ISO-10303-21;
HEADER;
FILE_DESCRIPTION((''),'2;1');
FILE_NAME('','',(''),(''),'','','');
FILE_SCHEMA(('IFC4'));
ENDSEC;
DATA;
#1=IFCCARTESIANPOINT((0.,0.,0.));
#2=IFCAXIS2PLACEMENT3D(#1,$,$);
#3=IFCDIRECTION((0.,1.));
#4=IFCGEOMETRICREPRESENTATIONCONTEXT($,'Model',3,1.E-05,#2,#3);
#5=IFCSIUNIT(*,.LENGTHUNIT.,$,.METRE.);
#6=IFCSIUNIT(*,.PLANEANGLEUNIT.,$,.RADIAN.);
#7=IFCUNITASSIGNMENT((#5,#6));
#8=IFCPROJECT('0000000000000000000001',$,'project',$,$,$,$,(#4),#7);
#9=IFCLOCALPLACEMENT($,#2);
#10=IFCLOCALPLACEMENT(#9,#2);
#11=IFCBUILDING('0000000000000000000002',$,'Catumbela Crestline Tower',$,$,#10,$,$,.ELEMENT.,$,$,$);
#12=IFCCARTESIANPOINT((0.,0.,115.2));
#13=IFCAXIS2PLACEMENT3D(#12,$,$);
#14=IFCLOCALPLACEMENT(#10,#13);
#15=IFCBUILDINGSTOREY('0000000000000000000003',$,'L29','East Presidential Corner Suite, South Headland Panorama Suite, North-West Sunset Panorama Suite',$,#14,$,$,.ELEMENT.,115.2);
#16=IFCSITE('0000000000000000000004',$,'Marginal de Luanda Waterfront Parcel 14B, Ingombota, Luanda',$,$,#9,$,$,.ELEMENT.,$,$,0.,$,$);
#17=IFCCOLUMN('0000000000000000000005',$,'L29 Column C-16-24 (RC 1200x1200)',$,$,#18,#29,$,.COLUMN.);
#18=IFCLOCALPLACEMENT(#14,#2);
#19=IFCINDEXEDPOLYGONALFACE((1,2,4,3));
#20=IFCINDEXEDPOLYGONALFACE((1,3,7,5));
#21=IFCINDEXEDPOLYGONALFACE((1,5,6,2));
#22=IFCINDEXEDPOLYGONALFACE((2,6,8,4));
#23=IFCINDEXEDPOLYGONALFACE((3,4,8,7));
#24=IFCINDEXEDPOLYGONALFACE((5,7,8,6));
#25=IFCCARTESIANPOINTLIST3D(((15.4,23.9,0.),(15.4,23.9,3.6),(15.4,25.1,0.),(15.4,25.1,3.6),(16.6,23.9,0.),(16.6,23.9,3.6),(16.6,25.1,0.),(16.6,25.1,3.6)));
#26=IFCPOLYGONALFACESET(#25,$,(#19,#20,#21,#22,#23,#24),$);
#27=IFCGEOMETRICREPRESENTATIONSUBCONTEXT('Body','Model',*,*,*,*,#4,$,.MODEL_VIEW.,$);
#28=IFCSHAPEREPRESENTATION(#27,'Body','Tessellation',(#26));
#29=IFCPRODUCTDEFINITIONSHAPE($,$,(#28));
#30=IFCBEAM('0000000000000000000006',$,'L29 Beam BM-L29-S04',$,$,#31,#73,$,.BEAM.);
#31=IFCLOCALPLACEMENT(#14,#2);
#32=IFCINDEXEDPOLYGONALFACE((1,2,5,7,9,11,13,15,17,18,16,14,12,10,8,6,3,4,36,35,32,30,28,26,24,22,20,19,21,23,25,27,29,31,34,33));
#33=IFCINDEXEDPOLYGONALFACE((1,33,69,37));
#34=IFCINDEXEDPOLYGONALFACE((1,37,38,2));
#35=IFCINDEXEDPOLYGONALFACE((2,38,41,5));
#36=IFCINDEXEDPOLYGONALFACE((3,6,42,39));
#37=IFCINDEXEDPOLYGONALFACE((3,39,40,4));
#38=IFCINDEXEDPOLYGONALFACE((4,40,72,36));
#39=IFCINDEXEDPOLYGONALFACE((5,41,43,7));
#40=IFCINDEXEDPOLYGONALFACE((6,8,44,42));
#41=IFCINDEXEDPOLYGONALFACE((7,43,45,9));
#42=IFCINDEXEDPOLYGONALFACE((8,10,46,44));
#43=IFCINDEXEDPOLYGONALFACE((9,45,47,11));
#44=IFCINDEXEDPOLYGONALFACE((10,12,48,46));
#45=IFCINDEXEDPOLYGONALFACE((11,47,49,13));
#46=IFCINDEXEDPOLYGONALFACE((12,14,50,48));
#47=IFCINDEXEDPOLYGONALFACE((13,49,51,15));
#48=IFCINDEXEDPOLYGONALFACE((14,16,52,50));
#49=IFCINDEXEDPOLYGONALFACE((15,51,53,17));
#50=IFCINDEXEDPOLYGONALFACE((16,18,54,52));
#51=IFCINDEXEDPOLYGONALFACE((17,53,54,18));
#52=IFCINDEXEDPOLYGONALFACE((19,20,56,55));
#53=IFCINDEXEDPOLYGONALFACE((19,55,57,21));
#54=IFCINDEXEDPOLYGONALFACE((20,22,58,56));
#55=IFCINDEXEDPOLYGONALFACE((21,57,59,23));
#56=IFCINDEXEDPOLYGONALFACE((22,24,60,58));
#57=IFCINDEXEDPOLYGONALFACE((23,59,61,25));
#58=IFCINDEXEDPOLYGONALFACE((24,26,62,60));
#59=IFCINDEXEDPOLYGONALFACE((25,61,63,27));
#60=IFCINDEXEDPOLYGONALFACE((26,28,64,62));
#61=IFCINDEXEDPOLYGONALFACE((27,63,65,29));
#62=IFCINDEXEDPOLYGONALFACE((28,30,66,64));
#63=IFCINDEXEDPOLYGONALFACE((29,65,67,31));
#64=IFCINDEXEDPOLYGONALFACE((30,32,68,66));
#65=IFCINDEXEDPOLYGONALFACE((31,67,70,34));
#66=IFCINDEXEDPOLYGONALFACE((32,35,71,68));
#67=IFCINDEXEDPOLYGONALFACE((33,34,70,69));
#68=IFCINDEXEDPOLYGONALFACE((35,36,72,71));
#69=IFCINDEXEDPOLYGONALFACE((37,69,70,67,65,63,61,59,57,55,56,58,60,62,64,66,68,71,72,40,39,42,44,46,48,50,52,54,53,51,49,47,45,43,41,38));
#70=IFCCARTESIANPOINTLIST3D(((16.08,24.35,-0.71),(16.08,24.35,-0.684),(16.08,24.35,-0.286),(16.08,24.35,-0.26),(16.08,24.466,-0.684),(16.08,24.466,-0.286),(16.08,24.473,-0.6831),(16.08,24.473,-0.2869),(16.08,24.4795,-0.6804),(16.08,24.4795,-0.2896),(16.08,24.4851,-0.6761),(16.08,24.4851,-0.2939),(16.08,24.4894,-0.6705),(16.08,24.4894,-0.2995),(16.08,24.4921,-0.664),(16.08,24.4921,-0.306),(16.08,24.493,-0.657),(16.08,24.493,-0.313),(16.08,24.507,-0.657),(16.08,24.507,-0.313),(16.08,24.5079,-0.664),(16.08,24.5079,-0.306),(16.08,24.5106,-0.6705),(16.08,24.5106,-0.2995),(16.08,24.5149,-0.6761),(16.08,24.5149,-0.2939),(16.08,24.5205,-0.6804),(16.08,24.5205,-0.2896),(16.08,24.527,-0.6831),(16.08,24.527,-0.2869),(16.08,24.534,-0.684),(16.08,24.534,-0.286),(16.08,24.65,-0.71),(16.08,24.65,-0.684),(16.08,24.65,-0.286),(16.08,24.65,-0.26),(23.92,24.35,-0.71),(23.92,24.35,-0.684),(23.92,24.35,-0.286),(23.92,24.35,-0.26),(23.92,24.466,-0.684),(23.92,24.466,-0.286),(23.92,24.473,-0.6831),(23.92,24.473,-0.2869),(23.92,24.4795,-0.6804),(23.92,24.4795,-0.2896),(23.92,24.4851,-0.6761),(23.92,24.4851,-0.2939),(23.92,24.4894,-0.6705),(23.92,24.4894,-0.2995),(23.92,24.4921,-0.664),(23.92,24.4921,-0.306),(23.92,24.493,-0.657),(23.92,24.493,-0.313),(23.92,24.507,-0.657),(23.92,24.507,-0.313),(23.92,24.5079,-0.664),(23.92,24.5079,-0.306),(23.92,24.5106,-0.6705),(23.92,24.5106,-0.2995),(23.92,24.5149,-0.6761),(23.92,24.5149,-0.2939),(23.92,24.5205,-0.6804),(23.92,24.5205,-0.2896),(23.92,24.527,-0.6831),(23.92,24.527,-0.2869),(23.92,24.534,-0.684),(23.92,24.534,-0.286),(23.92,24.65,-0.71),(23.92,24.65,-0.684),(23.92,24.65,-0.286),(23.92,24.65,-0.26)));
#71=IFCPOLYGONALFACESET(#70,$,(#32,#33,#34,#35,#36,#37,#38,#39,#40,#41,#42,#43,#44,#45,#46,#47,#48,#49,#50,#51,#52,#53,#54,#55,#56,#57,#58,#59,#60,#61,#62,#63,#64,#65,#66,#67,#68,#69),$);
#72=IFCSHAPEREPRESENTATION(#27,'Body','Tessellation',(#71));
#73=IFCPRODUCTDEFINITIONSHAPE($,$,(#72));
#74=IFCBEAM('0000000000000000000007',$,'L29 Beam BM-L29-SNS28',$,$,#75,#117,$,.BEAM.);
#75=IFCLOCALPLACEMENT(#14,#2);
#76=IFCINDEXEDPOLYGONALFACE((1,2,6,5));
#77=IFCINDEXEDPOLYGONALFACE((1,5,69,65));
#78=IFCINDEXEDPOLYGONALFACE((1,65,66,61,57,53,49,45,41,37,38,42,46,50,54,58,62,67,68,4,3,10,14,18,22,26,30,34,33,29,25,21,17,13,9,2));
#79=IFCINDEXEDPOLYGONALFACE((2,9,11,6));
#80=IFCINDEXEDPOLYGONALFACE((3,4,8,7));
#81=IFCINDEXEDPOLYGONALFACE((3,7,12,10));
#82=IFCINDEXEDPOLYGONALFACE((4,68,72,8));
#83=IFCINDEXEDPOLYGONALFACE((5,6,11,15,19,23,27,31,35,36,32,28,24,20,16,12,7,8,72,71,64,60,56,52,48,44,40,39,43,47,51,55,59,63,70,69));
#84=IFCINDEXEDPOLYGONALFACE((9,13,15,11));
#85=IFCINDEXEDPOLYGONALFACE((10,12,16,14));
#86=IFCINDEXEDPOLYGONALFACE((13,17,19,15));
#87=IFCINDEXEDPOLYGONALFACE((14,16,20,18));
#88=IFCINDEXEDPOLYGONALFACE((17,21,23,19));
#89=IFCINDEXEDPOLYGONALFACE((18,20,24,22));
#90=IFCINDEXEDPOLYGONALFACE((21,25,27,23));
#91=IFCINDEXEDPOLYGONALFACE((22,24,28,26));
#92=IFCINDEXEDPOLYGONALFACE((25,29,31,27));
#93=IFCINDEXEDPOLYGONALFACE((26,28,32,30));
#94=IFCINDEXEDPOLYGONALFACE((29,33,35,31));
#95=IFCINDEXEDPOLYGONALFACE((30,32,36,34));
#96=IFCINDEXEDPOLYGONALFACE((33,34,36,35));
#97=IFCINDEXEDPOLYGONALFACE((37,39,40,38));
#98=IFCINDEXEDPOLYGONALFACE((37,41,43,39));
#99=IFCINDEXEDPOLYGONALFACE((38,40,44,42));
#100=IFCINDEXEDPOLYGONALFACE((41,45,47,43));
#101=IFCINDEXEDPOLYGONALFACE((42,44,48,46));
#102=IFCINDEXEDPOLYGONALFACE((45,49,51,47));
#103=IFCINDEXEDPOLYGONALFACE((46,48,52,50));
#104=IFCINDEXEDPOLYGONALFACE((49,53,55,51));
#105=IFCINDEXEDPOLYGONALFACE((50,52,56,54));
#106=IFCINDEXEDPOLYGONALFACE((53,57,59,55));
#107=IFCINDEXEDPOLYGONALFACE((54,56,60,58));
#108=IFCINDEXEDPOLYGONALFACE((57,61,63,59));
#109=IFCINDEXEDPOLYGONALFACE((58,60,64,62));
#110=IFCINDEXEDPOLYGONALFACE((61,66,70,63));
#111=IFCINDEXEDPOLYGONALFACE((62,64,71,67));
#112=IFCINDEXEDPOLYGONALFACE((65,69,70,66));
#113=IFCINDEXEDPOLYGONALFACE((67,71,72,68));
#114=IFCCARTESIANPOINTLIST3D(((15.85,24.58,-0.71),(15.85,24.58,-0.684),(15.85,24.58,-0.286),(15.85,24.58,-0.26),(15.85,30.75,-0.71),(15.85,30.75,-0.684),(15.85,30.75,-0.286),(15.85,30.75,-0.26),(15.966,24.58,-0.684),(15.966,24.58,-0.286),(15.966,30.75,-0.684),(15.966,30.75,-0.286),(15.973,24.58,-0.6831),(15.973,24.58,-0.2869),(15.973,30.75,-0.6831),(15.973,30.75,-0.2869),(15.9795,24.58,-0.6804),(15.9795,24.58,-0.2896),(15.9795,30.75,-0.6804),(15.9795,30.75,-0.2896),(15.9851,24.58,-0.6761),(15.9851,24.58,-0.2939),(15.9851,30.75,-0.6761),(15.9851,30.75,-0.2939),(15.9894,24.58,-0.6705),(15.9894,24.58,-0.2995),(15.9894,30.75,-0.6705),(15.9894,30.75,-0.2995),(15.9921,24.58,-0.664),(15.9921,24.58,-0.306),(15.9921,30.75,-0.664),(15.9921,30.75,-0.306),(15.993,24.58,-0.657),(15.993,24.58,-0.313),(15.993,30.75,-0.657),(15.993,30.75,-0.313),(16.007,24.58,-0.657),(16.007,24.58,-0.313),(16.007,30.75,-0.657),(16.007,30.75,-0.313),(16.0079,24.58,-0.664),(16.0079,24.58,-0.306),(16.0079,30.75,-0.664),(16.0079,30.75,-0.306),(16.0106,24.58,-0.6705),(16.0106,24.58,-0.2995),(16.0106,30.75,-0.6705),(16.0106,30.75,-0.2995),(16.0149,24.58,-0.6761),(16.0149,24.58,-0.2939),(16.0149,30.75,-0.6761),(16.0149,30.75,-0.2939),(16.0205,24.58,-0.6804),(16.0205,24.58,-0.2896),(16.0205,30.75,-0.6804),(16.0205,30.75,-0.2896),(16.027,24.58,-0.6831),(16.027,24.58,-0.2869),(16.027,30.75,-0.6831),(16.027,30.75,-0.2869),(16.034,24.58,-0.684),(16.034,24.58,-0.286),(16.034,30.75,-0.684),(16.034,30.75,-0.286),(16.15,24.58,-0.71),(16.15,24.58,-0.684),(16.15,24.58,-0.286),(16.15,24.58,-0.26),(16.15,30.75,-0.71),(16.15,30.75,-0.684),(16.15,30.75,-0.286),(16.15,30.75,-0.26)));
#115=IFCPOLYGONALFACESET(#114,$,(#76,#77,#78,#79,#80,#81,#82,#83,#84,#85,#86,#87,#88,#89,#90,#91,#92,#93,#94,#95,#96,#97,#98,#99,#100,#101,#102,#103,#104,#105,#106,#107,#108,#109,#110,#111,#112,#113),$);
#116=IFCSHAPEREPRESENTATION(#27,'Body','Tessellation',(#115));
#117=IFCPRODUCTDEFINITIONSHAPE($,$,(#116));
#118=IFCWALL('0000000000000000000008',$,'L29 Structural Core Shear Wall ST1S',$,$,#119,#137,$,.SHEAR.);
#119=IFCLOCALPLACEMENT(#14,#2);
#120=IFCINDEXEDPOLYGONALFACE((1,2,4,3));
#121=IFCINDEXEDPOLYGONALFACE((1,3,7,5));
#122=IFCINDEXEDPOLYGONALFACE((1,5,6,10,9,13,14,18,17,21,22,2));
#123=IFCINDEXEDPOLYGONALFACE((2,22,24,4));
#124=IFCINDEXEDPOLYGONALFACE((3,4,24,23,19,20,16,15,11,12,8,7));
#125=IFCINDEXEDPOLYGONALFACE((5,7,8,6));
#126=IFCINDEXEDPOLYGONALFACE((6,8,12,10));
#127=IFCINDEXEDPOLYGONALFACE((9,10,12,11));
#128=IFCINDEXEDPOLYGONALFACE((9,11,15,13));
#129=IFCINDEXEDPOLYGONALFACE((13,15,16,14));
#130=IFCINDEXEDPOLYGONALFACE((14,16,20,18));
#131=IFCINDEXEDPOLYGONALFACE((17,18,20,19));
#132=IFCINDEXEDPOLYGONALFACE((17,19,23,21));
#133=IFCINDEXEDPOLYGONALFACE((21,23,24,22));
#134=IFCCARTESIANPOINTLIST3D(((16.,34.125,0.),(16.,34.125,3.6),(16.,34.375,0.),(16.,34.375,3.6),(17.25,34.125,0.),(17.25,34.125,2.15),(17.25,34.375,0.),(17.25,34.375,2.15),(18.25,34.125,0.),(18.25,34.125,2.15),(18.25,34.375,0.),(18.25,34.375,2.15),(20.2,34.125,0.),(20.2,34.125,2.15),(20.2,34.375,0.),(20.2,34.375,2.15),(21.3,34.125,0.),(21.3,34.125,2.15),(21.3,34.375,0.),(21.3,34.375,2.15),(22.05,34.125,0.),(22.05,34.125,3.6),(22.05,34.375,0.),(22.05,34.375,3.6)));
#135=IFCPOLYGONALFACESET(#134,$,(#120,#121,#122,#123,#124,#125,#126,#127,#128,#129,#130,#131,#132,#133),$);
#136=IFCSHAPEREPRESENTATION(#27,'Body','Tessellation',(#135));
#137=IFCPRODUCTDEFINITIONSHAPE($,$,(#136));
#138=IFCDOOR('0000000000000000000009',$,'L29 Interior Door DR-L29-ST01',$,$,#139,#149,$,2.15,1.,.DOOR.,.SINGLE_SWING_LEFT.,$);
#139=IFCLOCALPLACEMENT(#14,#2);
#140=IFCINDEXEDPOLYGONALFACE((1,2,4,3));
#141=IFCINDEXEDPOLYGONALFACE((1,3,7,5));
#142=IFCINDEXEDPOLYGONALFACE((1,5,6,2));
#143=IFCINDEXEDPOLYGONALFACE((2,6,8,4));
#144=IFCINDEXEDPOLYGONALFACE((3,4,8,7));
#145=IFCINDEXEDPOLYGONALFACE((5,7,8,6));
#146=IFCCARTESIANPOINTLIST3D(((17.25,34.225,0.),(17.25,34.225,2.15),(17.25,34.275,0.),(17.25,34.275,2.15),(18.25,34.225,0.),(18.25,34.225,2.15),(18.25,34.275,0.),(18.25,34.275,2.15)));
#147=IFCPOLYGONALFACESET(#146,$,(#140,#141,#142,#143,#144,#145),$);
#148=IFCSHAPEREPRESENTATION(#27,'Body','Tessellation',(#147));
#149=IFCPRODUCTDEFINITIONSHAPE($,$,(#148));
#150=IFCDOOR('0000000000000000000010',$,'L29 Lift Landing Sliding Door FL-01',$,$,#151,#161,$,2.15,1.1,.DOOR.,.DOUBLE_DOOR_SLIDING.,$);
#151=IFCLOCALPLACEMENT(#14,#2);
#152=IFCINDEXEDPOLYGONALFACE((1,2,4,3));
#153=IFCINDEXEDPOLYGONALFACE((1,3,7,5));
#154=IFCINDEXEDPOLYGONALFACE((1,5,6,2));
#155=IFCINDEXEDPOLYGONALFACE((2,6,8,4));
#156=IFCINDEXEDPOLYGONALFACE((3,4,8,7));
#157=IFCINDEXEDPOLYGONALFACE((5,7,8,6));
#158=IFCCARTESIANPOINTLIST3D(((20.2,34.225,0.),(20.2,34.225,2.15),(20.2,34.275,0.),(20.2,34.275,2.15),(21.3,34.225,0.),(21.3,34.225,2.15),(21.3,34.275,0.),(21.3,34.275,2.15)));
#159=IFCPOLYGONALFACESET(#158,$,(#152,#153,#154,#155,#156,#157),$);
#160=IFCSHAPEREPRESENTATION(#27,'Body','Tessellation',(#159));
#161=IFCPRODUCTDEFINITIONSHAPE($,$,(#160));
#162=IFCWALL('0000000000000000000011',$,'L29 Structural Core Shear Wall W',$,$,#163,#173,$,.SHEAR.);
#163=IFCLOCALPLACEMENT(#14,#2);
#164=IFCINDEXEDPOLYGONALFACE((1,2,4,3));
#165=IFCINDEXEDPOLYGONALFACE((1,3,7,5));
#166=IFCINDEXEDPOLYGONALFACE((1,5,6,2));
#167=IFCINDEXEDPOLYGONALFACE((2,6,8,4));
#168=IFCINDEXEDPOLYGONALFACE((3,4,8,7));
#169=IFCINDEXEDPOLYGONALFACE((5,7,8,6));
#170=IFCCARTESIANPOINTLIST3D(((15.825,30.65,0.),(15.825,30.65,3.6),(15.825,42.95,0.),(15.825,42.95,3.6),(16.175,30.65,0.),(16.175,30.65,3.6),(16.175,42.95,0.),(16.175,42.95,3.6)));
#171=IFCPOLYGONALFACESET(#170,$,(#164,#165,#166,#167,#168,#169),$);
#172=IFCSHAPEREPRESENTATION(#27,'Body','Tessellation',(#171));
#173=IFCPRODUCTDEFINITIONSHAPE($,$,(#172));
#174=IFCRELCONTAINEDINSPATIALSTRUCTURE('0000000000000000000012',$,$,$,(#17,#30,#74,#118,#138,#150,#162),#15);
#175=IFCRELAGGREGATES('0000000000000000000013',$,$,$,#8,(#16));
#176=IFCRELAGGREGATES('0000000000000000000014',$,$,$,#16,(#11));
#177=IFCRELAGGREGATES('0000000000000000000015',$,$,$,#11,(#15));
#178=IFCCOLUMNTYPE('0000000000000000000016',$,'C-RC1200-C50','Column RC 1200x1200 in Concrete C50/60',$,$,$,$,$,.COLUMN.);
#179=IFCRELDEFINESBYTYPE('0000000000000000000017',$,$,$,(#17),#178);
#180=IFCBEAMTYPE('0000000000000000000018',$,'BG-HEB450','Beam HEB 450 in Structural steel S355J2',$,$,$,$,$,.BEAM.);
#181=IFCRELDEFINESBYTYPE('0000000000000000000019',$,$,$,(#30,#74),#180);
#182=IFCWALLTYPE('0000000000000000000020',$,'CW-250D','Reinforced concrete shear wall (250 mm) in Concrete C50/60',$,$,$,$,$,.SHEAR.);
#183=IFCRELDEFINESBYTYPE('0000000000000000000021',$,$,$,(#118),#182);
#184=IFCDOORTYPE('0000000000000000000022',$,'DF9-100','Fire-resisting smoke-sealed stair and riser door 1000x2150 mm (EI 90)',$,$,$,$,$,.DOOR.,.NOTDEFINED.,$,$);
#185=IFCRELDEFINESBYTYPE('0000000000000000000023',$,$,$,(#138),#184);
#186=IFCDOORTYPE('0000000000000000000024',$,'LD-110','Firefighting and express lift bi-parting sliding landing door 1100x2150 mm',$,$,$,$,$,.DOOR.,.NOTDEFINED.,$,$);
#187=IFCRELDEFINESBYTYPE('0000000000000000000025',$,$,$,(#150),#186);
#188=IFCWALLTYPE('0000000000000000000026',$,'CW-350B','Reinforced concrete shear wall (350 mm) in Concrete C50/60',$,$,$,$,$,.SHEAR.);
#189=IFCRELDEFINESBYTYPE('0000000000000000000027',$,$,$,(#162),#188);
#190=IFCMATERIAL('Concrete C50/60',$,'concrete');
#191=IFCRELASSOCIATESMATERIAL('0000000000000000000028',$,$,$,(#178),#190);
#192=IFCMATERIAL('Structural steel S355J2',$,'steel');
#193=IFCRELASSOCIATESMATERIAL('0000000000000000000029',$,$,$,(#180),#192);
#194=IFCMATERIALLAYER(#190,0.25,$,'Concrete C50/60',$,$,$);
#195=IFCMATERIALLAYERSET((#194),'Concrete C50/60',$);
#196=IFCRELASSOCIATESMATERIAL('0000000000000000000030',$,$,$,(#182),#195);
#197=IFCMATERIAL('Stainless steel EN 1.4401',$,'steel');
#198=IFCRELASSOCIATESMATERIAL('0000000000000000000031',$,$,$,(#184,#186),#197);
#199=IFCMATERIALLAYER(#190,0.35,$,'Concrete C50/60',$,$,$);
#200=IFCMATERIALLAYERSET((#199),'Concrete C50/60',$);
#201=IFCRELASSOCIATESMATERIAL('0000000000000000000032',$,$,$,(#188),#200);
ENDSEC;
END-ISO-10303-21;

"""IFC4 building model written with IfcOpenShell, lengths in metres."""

from ifc_helpers import new_model, si_unit, direction, frame, frame_2d, origin, origin_2d, place, context, subcontext, project, spatial, rectangle, i_section, extrude, material, layer, layer_set, material_profile, profile_set, type_object, element, fill, save


model = new_model("IFC4")

# Units and contexts
model_context = context("Model", 3, precision=1e-05, world=origin(), true_north=direction((0.0, 1.0)))
body_context = subcontext(model_context, "Body", "Model", "MODEL_VIEW")
ifc_project = project(units=[si_unit("LENGTHUNIT", "METRE"), si_unit("PLANEANGLEUNIT", "RADIAN")], contexts=[model_context])

# Site, building, storey
site_placement = place(None, origin())
site = spatial("IfcSite", under=ifc_project, at=site_placement, Name="Marginal de Luanda Waterfront Parcel 14B, Ingombota, Luanda", CompositionType="ELEMENT", RefElevation=0.0)
building_placement = place(site_placement, origin())
building = spatial("IfcBuilding", under=site, at=building_placement, Name="Catumbela Crestline Tower", CompositionType="ELEMENT")
storey_placement = place(building_placement, frame((0.0, 0.0, 115.2)))
storey = spatial("IfcBuildingStorey", under=building, at=storey_placement, Name="L29", Description="East Presidential Corner Suite, South Headland Panorama Suite, North-West Sunset Panorama Suite", CompositionType="ELEMENT", Elevation=115.2)

# Column
ifc_material_1 = material(Name="Concrete C50/60", Category="concrete")
ifc_material_profile_1 = material_profile(ifc_material_1, rectangle(XDim=1.2, YDim=1.2, at=origin_2d()), Name="RC 1200x1200")
ifc_profile_set_1 = profile_set([ifc_material_profile_1], Name="Concrete C50/60")
column_type = type_object("IfcColumnType", Name="C-RC1200-C50", Description="Column RC 1200x1200 in Concrete C50/60", PredefinedType="COLUMN", material=ifc_profile_set_1)
column_placement = place(storey_placement, frame((16.0, 24.5, 0.0), z_axis=(0.0, 0.0, 1.0), x_axis=(1.0, 0.0, 0.0)))
element("IfcColumn", 1, at=column_placement, inside=storey, type_object=column_type, Name="L29 Column C-16-24 (RC 1200x1200)", PredefinedType="COLUMN", context=body_context, shape_type="SweptSolid", body=[
    extrude(rectangle(XDim=1.2, YDim=1.2, at=origin_2d()), origin(), (0.0, 0.0, 1.0), 3.6),
])

# Beams
ifc_material_2 = material(Name="Structural steel S355J2", Category="steel")
ifc_material_profile_2 = material_profile(ifc_material_2, i_section(OverallWidth=0.3, OverallDepth=0.45, WebThickness=0.014, FlangeThickness=0.026, FilletRadius=0.027, at=origin_2d()), Name="HEB 450")
ifc_profile_set_2 = profile_set([ifc_material_profile_2], Name="Structural steel S355J2")
beam_type = type_object("IfcBeamType", Name="BG-HEB450", Description="Beam HEB 450 in Structural steel S355J2", PredefinedType="BEAM", material=ifc_profile_set_2)
beam_1_placement = place(storey_placement, frame((16.08, 24.5, -0.485), z_axis=(1.0, 0.0, 0.0), x_axis=(0.0, 1.0, 0.0)))
element("IfcBeam", 2, at=beam_1_placement, inside=storey, type_object=beam_type, Name="L29 Beam BM-L29-S04", PredefinedType="BEAM", context=body_context, shape_type="SweptSolid", body=[
    extrude(i_section(OverallWidth=0.3, OverallDepth=0.45, WebThickness=0.014, FlangeThickness=0.026, FilletRadius=0.027, at=origin_2d()), origin(), (0.0, 0.0, 1.0), 7.84),
])
beam_2_placement = place(storey_placement, frame((16.0, 24.58, -0.485), z_axis=(0.0, 1.0, 0.0), x_axis=(-1.0, 0.0, 0.0)))
element("IfcBeam", 3, at=beam_2_placement, inside=storey, type_object=beam_type, Name="L29 Beam BM-L29-SNS28", PredefinedType="BEAM", context=body_context, shape_type="SweptSolid", body=[
    extrude(i_section(OverallWidth=0.3, OverallDepth=0.45, WebThickness=0.014, FlangeThickness=0.026, FilletRadius=0.027, at=origin_2d()), origin(), (0.0, 0.0, 1.0), 6.17),
])

# Wall, openings, doors
ifc_layer_1 = layer(ifc_material_1, 0.25, Name="Concrete C50/60")
ifc_layer_set_1 = layer_set([ifc_layer_1], Name="Concrete C50/60")
wall_type_1 = type_object("IfcWallType", Name="CW-250D", Description="Reinforced concrete shear wall (250 mm) in Concrete C50/60", PredefinedType="SHEAR", material=ifc_layer_set_1)
wall_1_placement = place(storey_placement, frame((16.0, 34.25, 0.0), z_axis=(0.0, 0.0, 1.0), x_axis=(1.0, 0.0, 0.0)))
wall_1 = element("IfcWall", 4, at=wall_1_placement, inside=storey, type_object=wall_type_1, Name="L29 Structural Core Shear Wall ST1S", PredefinedType="SHEAR", context=body_context, shape_type="SweptSolid", body=[
    extrude(rectangle(XDim=6.05, YDim=0.25, at=frame_2d((3.025, 0.0))), origin(), (0.0, 0.0, 1.0), 3.6),
])
opening_1_placement = place(wall_1_placement, frame((1.25, 0.0, 0.0)))
opening_1 = element("IfcOpeningElement", 5, at=opening_1_placement, cuts=wall_1, PredefinedType="OPENING", context=body_context, shape_type="SweptSolid", body=[
    extrude(rectangle(XDim=1.0, YDim=2.15, at=frame_2d((0.5, 1.075))), frame((0.0, 0.135, 0.0), z_axis=(0.0, -1.0, 0.0), x_axis=(1.0, 0.0, 0.0)), (0.0, 0.0, 1.0), 0.27),
])
opening_2_placement = place(wall_1_placement, frame((4.2, 0.0, 0.0)))
opening_2 = element("IfcOpeningElement", 6, at=opening_2_placement, cuts=wall_1, PredefinedType="OPENING", context=body_context, shape_type="SweptSolid", body=[
    extrude(rectangle(XDim=1.1, YDim=2.15, at=frame_2d((0.55, 1.075))), frame((0.0, 0.135, 0.0), z_axis=(0.0, -1.0, 0.0), x_axis=(1.0, 0.0, 0.0)), (0.0, 0.0, 1.0), 0.27),
])
ifc_material_3 = material(Name="Stainless steel EN 1.4401", Category="steel")
door_type_1 = type_object("IfcDoorType", Name="DF9-100", Description="Fire-resisting smoke-sealed stair and riser door 1000x2150 mm (EI 90)", OperationType="NOTDEFINED", PredefinedType="DOOR", material=ifc_material_3)
door_1_placement = place(opening_1_placement, origin())
door_1 = element("IfcDoor", 7, at=door_1_placement, inside=storey, type_object=door_type_1, Name="L29 Interior Door DR-L29-ST01", OperationType="SINGLE_SWING_LEFT", OverallHeight=2.15, OverallWidth=1.0, PredefinedType="DOOR", context=body_context, shape_type="SweptSolid", body=[
    extrude(rectangle(XDim=1.0, YDim=2.15, at=frame_2d((0.5, 1.075))), frame((0.0, 0.025, 0.0), z_axis=(0.0, -1.0, 0.0), x_axis=(1.0, 0.0, 0.0)), (0.0, 0.0, 1.0), 0.05),
])
fill(opening_1, door_1)
door_type_2 = type_object("IfcDoorType", Name="LD-110", Description="Firefighting and express lift bi-parting sliding landing door 1100x2150 mm", OperationType="NOTDEFINED", PredefinedType="DOOR", material=ifc_material_3)
door_2_placement = place(opening_2_placement, origin())
door_2 = element("IfcDoor", 8, at=door_2_placement, inside=storey, type_object=door_type_2, Name="L29 Lift Landing Sliding Door FL-01", OperationType="DOUBLE_DOOR_SLIDING", OverallHeight=2.15, OverallWidth=1.1, PredefinedType="DOOR", context=body_context, shape_type="SweptSolid", body=[
    extrude(rectangle(XDim=1.1, YDim=2.15, at=frame_2d((0.55, 1.075))), frame((0.0, 0.025, 0.0), z_axis=(0.0, -1.0, 0.0), x_axis=(1.0, 0.0, 0.0)), (0.0, 0.0, 1.0), 0.05),
])
fill(opening_2, door_2)

# Wall
ifc_layer_2 = layer(ifc_material_1, 0.35, Name="Concrete C50/60")
ifc_layer_set_2 = layer_set([ifc_layer_2], Name="Concrete C50/60")
wall_type_2 = type_object("IfcWallType", Name="CW-350B", Description="Reinforced concrete shear wall (350 mm) in Concrete C50/60", PredefinedType="SHEAR", material=ifc_layer_set_2)
wall_2_placement = place(storey_placement, frame((16.0, 30.65, 0.0), z_axis=(0.0, 0.0, 1.0), x_axis=(0.0, 1.0, 0.0)))
element("IfcWall", 9, at=wall_2_placement, inside=storey, type_object=wall_type_2, Name="L29 Structural Core Shear Wall W", PredefinedType="SHEAR", context=body_context, shape_type="SweptSolid", body=[
    extrude(rectangle(XDim=12.3, YDim=0.35, at=frame_2d((6.15, 0.0))), origin(), (0.0, 0.0, 1.0), 3.6),
])

save(model, "model.ifc")
